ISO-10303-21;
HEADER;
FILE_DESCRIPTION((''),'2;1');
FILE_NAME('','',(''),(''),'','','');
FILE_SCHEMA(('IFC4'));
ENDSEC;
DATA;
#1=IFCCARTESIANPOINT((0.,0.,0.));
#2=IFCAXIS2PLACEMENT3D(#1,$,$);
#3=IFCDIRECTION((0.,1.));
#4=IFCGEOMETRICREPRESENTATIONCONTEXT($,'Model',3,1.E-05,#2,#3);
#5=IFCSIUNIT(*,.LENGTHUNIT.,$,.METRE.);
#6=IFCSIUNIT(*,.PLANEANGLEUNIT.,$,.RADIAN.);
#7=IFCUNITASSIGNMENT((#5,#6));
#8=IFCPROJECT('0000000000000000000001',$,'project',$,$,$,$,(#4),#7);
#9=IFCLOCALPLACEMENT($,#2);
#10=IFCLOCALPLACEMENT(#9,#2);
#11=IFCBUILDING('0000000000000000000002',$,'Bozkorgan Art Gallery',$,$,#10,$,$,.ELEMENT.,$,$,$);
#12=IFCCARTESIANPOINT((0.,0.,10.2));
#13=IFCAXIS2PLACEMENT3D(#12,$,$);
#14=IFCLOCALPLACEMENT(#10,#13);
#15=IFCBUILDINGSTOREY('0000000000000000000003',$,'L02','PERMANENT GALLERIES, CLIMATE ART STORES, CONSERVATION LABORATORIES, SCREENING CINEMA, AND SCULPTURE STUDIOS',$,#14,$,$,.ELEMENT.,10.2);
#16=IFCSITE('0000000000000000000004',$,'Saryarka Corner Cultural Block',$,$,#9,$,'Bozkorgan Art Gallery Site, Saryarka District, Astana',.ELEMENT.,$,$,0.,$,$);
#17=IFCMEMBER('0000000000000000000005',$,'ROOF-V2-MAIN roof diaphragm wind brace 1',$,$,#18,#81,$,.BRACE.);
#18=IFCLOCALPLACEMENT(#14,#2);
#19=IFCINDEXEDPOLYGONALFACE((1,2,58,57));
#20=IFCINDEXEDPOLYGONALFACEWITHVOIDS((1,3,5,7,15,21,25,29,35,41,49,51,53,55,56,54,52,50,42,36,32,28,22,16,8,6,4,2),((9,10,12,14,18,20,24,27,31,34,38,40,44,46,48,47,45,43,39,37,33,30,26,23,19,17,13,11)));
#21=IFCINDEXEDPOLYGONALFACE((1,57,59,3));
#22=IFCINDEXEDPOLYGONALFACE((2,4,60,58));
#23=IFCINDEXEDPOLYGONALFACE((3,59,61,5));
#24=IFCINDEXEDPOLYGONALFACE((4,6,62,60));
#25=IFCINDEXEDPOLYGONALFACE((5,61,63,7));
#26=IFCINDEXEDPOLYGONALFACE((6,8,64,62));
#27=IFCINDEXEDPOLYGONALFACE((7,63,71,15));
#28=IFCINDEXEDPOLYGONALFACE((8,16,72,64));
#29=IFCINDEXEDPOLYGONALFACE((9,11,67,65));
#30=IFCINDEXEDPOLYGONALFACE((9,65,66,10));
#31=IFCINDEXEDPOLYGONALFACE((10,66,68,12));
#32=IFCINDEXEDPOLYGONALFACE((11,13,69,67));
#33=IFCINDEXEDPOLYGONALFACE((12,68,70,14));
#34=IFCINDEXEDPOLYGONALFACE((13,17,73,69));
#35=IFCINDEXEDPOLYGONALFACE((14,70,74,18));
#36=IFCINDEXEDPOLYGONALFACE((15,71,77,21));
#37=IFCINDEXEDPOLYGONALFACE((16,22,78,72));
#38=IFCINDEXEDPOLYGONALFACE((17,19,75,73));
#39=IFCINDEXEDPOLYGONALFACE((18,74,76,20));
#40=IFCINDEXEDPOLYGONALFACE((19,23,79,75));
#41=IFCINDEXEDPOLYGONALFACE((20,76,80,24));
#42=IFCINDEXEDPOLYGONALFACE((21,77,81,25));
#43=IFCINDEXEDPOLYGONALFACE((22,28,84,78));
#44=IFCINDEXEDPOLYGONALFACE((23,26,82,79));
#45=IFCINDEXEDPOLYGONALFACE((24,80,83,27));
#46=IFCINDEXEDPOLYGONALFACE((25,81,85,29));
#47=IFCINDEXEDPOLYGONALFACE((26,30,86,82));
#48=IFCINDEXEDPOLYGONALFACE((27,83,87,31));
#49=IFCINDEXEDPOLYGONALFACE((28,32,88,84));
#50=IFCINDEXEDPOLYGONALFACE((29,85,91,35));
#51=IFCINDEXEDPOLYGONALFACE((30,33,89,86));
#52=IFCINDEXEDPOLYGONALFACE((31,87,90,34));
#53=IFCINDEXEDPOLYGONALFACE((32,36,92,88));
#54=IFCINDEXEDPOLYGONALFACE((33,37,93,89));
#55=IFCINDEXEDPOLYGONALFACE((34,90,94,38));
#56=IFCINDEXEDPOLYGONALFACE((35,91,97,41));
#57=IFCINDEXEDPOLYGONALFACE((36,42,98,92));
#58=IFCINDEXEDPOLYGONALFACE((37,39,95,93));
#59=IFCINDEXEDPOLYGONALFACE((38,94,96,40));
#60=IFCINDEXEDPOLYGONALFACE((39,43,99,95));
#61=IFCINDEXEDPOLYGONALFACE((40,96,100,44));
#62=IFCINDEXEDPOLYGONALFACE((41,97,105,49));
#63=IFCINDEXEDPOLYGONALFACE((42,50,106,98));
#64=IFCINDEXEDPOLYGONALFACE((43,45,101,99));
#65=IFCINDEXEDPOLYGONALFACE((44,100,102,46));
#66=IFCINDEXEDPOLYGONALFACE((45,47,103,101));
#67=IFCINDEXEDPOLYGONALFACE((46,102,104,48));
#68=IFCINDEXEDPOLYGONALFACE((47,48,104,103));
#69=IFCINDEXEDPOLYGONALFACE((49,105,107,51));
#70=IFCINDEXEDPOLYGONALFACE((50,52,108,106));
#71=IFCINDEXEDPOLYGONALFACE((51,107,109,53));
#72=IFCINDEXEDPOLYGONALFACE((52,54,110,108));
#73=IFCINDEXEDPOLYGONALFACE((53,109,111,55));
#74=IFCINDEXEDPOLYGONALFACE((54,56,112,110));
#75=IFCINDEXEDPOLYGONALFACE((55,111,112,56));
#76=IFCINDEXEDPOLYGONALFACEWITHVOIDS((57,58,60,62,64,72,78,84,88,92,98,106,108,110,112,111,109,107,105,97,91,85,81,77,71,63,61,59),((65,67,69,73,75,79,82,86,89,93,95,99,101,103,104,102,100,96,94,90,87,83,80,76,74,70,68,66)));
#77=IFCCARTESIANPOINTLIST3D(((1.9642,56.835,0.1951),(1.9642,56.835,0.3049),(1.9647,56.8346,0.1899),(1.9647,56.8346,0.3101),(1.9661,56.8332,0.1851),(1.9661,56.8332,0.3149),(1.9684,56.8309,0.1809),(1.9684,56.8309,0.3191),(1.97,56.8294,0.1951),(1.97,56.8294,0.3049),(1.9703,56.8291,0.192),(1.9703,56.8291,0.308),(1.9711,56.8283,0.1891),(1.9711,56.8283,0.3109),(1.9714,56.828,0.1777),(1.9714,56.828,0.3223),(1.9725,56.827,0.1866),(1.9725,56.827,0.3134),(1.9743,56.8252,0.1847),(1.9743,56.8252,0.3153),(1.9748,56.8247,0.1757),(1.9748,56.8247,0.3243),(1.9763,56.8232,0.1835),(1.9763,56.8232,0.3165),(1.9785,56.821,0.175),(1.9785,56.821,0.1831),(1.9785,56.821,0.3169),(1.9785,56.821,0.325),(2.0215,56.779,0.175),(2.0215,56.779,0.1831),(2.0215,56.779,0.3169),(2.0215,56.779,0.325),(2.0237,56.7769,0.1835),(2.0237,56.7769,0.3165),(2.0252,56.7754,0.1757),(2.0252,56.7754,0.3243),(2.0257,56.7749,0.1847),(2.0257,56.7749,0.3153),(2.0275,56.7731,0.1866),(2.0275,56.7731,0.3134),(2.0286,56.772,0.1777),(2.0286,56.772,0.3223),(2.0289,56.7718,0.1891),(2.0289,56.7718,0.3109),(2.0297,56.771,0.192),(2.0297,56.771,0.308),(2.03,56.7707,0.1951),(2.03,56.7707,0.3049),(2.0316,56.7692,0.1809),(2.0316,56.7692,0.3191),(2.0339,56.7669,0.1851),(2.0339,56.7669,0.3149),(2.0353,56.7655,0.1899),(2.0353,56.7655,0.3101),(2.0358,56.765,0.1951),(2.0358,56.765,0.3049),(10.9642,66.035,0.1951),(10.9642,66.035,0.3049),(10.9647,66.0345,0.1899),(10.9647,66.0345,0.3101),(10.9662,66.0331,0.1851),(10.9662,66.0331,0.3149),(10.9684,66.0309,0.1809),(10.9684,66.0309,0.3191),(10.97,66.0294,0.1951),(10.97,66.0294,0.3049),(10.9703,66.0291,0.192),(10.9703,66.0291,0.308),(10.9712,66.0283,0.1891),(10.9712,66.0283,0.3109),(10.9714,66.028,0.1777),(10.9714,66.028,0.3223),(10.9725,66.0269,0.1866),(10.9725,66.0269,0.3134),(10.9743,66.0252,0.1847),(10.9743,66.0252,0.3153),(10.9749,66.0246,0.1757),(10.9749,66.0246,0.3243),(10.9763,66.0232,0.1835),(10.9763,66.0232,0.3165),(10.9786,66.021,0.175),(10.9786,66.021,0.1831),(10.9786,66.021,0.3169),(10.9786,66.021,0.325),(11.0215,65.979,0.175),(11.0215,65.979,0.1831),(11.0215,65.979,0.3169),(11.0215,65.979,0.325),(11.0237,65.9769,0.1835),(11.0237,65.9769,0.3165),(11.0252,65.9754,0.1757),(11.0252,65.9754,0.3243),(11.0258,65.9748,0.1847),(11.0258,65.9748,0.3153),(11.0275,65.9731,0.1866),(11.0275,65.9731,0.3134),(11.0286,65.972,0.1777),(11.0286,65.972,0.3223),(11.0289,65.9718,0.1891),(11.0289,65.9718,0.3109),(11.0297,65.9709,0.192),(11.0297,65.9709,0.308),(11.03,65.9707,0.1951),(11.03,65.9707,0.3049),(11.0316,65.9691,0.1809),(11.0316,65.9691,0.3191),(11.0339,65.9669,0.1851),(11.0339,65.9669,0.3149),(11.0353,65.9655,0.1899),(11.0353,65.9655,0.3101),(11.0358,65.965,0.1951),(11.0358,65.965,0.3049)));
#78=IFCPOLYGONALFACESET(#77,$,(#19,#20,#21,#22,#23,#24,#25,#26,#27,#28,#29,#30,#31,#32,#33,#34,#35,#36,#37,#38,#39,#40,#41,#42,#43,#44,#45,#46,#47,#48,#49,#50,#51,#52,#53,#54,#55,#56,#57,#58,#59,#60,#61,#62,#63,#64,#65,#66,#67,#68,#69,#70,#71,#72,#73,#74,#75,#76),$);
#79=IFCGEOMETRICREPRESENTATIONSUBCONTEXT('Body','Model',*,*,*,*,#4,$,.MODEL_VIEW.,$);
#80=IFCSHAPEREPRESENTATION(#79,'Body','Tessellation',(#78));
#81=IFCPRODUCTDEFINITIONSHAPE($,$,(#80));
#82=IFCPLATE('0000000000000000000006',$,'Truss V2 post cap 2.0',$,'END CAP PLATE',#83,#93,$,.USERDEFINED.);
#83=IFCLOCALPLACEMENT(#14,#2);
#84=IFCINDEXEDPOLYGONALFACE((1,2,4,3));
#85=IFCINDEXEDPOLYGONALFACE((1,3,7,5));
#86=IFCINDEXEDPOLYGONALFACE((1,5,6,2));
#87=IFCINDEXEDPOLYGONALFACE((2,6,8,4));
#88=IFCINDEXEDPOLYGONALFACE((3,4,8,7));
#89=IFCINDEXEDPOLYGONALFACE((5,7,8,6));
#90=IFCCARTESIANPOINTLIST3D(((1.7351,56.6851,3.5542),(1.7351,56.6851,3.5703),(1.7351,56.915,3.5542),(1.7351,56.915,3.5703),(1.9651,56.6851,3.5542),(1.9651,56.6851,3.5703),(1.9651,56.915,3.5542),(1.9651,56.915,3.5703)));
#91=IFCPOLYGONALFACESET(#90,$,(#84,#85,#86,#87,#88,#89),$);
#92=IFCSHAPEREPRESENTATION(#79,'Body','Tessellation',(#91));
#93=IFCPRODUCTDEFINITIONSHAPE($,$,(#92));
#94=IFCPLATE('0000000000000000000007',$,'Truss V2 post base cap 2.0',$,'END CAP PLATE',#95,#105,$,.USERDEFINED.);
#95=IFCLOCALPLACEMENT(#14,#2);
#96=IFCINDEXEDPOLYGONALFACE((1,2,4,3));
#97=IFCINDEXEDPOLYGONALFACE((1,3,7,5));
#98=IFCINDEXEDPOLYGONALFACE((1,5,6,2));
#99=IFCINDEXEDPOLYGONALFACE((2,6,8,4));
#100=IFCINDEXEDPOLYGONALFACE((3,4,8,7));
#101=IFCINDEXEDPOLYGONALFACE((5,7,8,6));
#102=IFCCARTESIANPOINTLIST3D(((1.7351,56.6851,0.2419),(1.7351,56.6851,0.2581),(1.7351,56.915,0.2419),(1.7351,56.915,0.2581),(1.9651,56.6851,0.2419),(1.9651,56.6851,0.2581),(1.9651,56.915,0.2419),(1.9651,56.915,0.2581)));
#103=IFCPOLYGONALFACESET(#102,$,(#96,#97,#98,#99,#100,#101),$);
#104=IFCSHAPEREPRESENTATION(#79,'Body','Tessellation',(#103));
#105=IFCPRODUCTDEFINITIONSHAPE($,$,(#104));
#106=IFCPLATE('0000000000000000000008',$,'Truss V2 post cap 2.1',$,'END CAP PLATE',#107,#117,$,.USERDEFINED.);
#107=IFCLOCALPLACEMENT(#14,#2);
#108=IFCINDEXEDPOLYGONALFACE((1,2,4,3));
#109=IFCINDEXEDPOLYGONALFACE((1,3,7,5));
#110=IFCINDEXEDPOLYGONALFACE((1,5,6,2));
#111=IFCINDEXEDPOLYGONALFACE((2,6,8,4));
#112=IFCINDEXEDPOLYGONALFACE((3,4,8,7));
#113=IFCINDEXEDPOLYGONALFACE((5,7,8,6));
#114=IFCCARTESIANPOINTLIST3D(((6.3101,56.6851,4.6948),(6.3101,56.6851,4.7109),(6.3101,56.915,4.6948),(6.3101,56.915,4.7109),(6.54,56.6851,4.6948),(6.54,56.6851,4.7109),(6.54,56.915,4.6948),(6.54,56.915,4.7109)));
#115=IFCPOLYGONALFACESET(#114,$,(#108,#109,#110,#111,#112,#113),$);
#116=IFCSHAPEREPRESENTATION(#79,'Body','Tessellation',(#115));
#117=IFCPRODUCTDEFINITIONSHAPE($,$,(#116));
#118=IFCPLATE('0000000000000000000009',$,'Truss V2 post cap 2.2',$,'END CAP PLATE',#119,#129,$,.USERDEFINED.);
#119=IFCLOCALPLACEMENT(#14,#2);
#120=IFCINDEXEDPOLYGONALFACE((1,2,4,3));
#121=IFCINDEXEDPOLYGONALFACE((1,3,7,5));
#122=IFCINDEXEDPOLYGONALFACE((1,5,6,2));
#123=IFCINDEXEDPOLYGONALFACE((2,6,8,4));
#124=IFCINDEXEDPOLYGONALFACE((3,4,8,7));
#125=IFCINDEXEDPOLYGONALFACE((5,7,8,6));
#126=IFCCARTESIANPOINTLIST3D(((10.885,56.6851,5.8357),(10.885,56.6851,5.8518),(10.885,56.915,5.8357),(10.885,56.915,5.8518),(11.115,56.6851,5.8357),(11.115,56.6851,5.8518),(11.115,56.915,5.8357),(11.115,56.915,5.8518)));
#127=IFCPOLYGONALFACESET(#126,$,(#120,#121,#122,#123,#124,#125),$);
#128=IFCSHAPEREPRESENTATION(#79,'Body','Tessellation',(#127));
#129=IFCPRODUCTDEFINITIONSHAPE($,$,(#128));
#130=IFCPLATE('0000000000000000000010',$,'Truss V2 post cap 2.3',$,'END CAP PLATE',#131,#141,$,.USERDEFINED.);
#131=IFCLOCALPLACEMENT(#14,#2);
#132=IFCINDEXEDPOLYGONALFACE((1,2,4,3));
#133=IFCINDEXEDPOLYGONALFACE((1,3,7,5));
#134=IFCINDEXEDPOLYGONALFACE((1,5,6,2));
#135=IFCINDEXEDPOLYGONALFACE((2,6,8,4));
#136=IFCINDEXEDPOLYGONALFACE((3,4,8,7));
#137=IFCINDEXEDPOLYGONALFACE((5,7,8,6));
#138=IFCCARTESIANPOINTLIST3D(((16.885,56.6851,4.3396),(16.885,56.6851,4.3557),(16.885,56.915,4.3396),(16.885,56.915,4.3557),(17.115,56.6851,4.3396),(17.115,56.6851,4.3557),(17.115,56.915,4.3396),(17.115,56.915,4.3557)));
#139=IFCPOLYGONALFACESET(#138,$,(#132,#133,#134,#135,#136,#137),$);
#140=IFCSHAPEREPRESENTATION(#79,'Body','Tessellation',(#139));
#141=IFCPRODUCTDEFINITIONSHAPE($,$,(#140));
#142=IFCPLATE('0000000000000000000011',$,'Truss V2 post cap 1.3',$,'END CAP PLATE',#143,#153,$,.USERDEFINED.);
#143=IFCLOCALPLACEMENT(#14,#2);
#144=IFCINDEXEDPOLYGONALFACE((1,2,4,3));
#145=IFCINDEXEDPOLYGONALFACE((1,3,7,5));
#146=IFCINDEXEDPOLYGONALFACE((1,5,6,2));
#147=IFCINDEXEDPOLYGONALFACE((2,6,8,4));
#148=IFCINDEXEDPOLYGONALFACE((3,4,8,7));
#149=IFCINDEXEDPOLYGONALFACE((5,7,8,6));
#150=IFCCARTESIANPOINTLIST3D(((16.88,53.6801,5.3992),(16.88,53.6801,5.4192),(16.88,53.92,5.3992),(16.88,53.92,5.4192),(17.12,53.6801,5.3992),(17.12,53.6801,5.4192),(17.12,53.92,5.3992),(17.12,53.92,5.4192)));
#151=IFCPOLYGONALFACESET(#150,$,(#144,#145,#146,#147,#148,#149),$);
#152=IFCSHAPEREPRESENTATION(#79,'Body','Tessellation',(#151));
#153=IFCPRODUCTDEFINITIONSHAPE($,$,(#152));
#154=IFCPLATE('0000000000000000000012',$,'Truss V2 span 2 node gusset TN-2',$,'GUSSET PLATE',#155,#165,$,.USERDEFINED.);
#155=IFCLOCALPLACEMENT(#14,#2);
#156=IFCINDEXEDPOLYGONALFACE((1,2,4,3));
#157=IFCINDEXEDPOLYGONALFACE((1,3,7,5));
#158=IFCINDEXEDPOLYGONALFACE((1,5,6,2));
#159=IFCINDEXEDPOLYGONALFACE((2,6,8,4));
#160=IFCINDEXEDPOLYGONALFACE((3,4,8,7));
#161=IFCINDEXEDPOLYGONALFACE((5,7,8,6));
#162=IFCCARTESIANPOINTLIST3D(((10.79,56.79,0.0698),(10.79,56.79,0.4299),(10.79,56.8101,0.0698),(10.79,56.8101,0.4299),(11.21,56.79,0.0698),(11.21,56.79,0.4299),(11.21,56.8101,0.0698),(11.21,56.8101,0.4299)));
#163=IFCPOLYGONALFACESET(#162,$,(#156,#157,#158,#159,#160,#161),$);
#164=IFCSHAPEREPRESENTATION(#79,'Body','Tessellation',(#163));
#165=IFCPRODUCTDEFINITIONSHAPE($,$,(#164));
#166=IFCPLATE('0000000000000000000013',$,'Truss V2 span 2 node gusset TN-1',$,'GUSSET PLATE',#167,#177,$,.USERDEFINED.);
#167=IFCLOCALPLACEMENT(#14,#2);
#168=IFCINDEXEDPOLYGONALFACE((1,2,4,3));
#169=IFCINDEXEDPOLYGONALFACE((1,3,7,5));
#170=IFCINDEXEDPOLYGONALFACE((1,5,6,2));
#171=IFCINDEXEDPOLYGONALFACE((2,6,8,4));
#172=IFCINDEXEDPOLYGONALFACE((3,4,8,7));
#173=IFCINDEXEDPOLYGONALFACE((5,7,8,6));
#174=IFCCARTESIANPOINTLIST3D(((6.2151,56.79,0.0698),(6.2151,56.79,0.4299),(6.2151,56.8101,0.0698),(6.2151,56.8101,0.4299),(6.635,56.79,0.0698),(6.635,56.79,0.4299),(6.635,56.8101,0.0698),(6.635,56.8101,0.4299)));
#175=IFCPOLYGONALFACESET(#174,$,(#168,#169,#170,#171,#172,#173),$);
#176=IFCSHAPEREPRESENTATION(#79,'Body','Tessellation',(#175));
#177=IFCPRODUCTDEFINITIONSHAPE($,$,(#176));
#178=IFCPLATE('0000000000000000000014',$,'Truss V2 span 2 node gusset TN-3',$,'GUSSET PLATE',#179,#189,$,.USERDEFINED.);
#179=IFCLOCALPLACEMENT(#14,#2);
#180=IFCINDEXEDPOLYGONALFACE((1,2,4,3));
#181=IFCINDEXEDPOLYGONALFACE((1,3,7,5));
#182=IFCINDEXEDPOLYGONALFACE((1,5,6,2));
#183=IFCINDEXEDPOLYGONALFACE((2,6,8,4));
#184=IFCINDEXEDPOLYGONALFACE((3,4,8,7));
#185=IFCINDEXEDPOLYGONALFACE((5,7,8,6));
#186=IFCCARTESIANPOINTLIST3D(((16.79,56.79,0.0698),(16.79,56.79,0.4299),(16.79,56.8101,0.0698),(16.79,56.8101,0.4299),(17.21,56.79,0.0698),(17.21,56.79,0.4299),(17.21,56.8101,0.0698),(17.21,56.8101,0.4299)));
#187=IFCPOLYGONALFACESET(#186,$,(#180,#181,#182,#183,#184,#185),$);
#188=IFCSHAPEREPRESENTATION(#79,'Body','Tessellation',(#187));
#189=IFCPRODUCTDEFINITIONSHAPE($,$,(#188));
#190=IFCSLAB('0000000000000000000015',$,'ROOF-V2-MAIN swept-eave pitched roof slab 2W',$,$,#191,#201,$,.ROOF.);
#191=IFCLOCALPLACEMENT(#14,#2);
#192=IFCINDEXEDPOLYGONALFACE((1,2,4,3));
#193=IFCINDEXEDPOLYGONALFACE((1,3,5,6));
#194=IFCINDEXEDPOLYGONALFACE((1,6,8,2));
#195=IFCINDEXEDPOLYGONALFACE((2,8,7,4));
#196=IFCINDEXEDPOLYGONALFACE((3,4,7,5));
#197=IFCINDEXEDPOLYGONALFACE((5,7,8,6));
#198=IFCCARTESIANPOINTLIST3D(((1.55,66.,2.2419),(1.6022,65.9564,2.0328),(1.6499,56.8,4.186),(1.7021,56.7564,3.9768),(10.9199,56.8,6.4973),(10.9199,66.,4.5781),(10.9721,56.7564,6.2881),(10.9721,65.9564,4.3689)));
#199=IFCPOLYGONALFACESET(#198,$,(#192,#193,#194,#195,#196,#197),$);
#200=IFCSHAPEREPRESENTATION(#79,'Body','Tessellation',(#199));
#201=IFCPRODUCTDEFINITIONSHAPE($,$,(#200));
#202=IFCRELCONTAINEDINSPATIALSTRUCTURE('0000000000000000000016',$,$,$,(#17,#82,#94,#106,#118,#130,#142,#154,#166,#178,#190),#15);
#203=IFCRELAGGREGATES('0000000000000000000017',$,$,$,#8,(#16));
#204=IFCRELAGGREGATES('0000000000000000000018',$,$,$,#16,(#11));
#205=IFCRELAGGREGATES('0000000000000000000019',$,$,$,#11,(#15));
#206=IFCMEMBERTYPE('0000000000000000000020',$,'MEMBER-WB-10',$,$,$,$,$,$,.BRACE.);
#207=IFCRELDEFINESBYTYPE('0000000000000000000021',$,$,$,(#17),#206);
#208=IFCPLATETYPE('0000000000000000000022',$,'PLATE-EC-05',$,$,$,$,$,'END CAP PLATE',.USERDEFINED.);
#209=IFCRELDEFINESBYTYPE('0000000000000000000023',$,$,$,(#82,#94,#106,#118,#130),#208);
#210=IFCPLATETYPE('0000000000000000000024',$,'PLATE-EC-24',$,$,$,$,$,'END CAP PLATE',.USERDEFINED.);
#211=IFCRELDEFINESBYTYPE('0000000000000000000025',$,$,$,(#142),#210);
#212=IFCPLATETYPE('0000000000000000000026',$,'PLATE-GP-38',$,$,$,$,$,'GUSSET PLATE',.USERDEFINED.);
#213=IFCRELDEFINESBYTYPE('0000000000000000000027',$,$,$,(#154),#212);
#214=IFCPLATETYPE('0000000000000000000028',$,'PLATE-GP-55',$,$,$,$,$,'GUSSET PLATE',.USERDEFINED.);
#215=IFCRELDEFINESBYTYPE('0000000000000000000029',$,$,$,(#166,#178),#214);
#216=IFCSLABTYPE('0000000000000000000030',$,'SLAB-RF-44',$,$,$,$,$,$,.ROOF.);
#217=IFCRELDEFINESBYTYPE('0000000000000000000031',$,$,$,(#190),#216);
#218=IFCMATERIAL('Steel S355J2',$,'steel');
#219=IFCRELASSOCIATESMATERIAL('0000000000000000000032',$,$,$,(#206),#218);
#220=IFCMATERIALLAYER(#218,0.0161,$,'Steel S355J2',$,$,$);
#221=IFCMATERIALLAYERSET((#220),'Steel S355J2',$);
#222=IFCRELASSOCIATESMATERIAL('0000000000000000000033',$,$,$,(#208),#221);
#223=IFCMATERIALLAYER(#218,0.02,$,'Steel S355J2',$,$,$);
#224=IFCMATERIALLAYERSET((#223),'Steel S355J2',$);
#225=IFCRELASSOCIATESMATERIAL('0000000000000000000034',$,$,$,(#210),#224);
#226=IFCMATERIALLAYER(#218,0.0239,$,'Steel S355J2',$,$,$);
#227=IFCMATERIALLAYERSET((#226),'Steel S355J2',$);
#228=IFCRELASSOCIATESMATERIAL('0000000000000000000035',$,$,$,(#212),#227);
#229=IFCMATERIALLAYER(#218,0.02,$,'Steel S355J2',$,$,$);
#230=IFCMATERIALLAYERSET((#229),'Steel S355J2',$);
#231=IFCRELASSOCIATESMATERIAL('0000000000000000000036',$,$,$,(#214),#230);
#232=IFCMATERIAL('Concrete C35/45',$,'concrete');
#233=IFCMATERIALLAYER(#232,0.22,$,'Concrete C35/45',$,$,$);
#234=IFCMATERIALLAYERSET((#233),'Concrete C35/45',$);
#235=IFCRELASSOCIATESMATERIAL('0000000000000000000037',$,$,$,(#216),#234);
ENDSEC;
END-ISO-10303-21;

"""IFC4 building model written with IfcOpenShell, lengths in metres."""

from ifc_helpers import new_model, si_unit, direction, frame, origin, origin_2d, place, context, subcontext, project, spatial, polyline, rectangle, hollow_rectangle, outline, extrude, material, layer, layer_set, material_profile, profile_set, type_object, element, save


model = new_model("IFC4")

# Units and contexts
model_context = context("Model", 3, precision=1e-05, world=origin(), true_north=direction((0.0, 1.0)))
body_context = subcontext(model_context, "Body", "Model", "MODEL_VIEW")
ifc_project = project(units=[si_unit("LENGTHUNIT", "METRE"), si_unit("PLANEANGLEUNIT", "RADIAN")], contexts=[model_context])

# Site, building, storey
site_placement = place(None, origin())
site = spatial("IfcSite", under=ifc_project, at=site_placement, Name="Saryarka Corner Cultural Block", LongName="Bozkorgan Art Gallery Site, Saryarka District, Astana", CompositionType="ELEMENT", RefElevation=0.0)
building_placement = place(site_placement, origin())
building = spatial("IfcBuilding", under=site, at=building_placement, Name="Bozkorgan Art Gallery", CompositionType="ELEMENT")
storey_placement = place(building_placement, frame((0.0, 0.0, 10.2)))
storey = spatial("IfcBuildingStorey", under=building, at=storey_placement, Name="L02", Description="PERMANENT GALLERIES, CLIMATE ART STORES, CONSERVATION LABORATORIES, SCREENING CINEMA, AND SCULPTURE STUDIOS", CompositionType="ELEMENT", Elevation=10.2)

# Shared definitions
ifc_material_1 = material(Name="Steel S355J2", Category="steel")

# Member
ifc_material_profile_1 = material_profile(ifc_material_1, hollow_rectangle(XDim=0.1001, YDim=0.1499, WallThickness=0.0081, InnerFilletRadius=0.012, OuterFilletRadius=0.02, at=origin_2d()), Name="RHS 150x100x8")
ifc_profile_set_1 = profile_set([ifc_material_profile_1], Name="Steel S355J2")
member_type_1 = type_object("IfcMemberType", Name="MEMBER-WB-10", PredefinedType="BRACE", material=ifc_profile_set_1)
member_1_placement = place(storey_placement, frame((2.0, 56.8, 0.25), z_axis=(0.699296, 0.714832, 0.0), x_axis=(-0.714832, 0.699296, 0.0)))
element("IfcMember", 1, at=member_1_placement, inside=storey, type_object=member_type_1, Name="ROOF-V2-MAIN roof diaphragm wind brace 1", PredefinedType="BRACE", context=body_context, shape_type="SweptSolid", body=[
    extrude(hollow_rectangle(XDim=0.1001, YDim=0.1499, WallThickness=0.0081, InnerFilletRadius=0.012, OuterFilletRadius=0.02, at=origin_2d()), origin(), (0.0, 0.0, 1.0), 12.8701),
])

# Plates
ifc_layer_1 = layer(ifc_material_1, 0.0161, Name="Steel S355J2")
ifc_layer_set_1 = layer_set([ifc_layer_1], Name="Steel S355J2")
plate_type_1 = type_object("IfcPlateType", Name="PLATE-EC-05", ElementType="END CAP PLATE", PredefinedType="USERDEFINED", material=ifc_layer_set_1)
for number, where, z_axis, x_axis, name in (
    (2, (1.8501, 56.8, 3.5542), (0.0, 0.0, 1.0), (1.0, 0.0, 0.0), "Truss V2 post cap 2.0"),
    (3, (1.8501, 56.8, 0.2419), (0.0, 0.0, 1.0), (1.0, 0.0, 0.0), "Truss V2 post base cap 2.0"),
    (4, (6.425, 56.8, 4.6948), (0.0, 0.0, 1.0), (1.0, 0.0, 0.0), "Truss V2 post cap 2.1"),
    (5, (11.0, 56.8, 5.8357), (0.0, 0.0, 1.0), (1.0, 0.0, 0.0), "Truss V2 post cap 2.2"),
    (6, (17.0, 56.8, 4.3396), (0.0, 0.0, 1.0), (1.0, 0.0, 0.0), "Truss V2 post cap 2.3"),
):
    element("IfcPlate", number, at=place(storey_placement, frame(where, z_axis=z_axis, x_axis=x_axis)), inside=storey, type_object=plate_type_1, Name=name, ObjectType="END CAP PLATE", PredefinedType="USERDEFINED", context=body_context, shape_type="SweptSolid", body=[
        extrude(rectangle(XDim=0.23, YDim=0.23, at=origin_2d()), origin(), (0.0, 0.0, 1.0), 0.0161),
    ])
ifc_layer_2 = layer(ifc_material_1, 0.02, Name="Steel S355J2")
ifc_layer_set_2 = layer_set([ifc_layer_2], Name="Steel S355J2")
plate_type_2 = type_object("IfcPlateType", Name="PLATE-EC-24", ElementType="END CAP PLATE", PredefinedType="USERDEFINED", material=ifc_layer_set_2)
plate_1_placement = place(storey_placement, frame((17.0, 53.8, 5.3992), z_axis=(0.0, 0.0, 1.0), x_axis=(1.0, 0.0, 0.0)))
element("IfcPlate", 7, at=plate_1_placement, inside=storey, type_object=plate_type_2, Name="Truss V2 post cap 1.3", ObjectType="END CAP PLATE", PredefinedType="USERDEFINED", context=body_context, shape_type="SweptSolid", body=[
    extrude(rectangle(XDim=0.24, YDim=0.24, at=origin_2d()), origin(), (0.0, 0.0, 1.0), 0.02),
])
ifc_layer_3 = layer(ifc_material_1, 0.0239, Name="Steel S355J2")
ifc_layer_set_3 = layer_set([ifc_layer_3], Name="Steel S355J2")
plate_type_3 = type_object("IfcPlateType", Name="PLATE-GP-38", ElementType="GUSSET PLATE", PredefinedType="USERDEFINED", material=ifc_layer_set_3)
plate_2_placement = place(storey_placement, frame((11.0, 56.8, 0.0698), z_axis=(0.0, 0.0, 1.0), x_axis=(1.0, 0.0, 0.0)))
element("IfcPlate", 8, at=plate_2_placement, inside=storey, type_object=plate_type_3, Name="Truss V2 span 2 node gusset TN-2", ObjectType="GUSSET PLATE", PredefinedType="USERDEFINED", context=body_context, shape_type="SweptSolid", body=[
    extrude(rectangle(XDim=0.4199, YDim=0.02, at=origin_2d()), origin(), (0.0, 0.0, 1.0), 0.3601),
])
ifc_layer_4 = layer(ifc_material_1, 0.02, Name="Steel S355J2")
ifc_layer_set_4 = layer_set([ifc_layer_4], Name="Steel S355J2")
plate_type_4 = type_object("IfcPlateType", Name="PLATE-GP-55", ElementType="GUSSET PLATE", PredefinedType="USERDEFINED", material=ifc_layer_set_4)
for number, where, z_axis, x_axis, name in (
    (9, (6.425, 56.8, 0.0698), (0.0, 0.0, 1.0), (1.0, 0.0, 0.0), "Truss V2 span 2 node gusset TN-1"),
    (10, (17.0, 56.8, 0.0698), (0.0, 0.0, 1.0), (1.0, 0.0, 0.0), "Truss V2 span 2 node gusset TN-3"),
):
    element("IfcPlate", number, at=place(storey_placement, frame(where, z_axis=z_axis, x_axis=x_axis)), inside=storey, type_object=plate_type_4, Name=name, ObjectType="GUSSET PLATE", PredefinedType="USERDEFINED", context=body_context, shape_type="SweptSolid", body=[
        extrude(rectangle(XDim=0.4199, YDim=0.02, at=origin_2d()), origin(), (0.0, 0.0, 1.0), 0.3601),
    ])

# Slab
ifc_material_2 = material(Name="Concrete C35/45", Category="concrete")
ifc_layer_5 = layer(ifc_material_2, 0.22, Name="Concrete C35/45")
ifc_layer_set_5 = layer_set([ifc_layer_5], Name="Concrete C35/45")
slab_type = type_object("IfcSlabType", Name="SLAB-RF-44", PredefinedType="ROOF", material=ifc_layer_set_5)
slab_1_placement = place(storey_placement, frame((1.6499, 56.8, 4.186), z_axis=(-0.237114, 0.198389, 0.951009), x_axis=(0.970296, 0.0, 0.241923)))
element("IfcSlab", 11, at=slab_1_placement, inside=storey, type_object=slab_type, Name="ROOF-V2-MAIN swept-eave pitched roof slab 2W", PredefinedType="ROOF", context=body_context, shape_type="SweptSolid", body=[
    extrude(outline(polyline([(0.0, 0.0), (9.5538, 0.0), (9.0895, 9.3865), (-0.5672, 9.3865), (0.0, 0.0)])), origin(), (0.0, 0.0, -1.0), 0.22),
])

save(model, "model.ifc")
